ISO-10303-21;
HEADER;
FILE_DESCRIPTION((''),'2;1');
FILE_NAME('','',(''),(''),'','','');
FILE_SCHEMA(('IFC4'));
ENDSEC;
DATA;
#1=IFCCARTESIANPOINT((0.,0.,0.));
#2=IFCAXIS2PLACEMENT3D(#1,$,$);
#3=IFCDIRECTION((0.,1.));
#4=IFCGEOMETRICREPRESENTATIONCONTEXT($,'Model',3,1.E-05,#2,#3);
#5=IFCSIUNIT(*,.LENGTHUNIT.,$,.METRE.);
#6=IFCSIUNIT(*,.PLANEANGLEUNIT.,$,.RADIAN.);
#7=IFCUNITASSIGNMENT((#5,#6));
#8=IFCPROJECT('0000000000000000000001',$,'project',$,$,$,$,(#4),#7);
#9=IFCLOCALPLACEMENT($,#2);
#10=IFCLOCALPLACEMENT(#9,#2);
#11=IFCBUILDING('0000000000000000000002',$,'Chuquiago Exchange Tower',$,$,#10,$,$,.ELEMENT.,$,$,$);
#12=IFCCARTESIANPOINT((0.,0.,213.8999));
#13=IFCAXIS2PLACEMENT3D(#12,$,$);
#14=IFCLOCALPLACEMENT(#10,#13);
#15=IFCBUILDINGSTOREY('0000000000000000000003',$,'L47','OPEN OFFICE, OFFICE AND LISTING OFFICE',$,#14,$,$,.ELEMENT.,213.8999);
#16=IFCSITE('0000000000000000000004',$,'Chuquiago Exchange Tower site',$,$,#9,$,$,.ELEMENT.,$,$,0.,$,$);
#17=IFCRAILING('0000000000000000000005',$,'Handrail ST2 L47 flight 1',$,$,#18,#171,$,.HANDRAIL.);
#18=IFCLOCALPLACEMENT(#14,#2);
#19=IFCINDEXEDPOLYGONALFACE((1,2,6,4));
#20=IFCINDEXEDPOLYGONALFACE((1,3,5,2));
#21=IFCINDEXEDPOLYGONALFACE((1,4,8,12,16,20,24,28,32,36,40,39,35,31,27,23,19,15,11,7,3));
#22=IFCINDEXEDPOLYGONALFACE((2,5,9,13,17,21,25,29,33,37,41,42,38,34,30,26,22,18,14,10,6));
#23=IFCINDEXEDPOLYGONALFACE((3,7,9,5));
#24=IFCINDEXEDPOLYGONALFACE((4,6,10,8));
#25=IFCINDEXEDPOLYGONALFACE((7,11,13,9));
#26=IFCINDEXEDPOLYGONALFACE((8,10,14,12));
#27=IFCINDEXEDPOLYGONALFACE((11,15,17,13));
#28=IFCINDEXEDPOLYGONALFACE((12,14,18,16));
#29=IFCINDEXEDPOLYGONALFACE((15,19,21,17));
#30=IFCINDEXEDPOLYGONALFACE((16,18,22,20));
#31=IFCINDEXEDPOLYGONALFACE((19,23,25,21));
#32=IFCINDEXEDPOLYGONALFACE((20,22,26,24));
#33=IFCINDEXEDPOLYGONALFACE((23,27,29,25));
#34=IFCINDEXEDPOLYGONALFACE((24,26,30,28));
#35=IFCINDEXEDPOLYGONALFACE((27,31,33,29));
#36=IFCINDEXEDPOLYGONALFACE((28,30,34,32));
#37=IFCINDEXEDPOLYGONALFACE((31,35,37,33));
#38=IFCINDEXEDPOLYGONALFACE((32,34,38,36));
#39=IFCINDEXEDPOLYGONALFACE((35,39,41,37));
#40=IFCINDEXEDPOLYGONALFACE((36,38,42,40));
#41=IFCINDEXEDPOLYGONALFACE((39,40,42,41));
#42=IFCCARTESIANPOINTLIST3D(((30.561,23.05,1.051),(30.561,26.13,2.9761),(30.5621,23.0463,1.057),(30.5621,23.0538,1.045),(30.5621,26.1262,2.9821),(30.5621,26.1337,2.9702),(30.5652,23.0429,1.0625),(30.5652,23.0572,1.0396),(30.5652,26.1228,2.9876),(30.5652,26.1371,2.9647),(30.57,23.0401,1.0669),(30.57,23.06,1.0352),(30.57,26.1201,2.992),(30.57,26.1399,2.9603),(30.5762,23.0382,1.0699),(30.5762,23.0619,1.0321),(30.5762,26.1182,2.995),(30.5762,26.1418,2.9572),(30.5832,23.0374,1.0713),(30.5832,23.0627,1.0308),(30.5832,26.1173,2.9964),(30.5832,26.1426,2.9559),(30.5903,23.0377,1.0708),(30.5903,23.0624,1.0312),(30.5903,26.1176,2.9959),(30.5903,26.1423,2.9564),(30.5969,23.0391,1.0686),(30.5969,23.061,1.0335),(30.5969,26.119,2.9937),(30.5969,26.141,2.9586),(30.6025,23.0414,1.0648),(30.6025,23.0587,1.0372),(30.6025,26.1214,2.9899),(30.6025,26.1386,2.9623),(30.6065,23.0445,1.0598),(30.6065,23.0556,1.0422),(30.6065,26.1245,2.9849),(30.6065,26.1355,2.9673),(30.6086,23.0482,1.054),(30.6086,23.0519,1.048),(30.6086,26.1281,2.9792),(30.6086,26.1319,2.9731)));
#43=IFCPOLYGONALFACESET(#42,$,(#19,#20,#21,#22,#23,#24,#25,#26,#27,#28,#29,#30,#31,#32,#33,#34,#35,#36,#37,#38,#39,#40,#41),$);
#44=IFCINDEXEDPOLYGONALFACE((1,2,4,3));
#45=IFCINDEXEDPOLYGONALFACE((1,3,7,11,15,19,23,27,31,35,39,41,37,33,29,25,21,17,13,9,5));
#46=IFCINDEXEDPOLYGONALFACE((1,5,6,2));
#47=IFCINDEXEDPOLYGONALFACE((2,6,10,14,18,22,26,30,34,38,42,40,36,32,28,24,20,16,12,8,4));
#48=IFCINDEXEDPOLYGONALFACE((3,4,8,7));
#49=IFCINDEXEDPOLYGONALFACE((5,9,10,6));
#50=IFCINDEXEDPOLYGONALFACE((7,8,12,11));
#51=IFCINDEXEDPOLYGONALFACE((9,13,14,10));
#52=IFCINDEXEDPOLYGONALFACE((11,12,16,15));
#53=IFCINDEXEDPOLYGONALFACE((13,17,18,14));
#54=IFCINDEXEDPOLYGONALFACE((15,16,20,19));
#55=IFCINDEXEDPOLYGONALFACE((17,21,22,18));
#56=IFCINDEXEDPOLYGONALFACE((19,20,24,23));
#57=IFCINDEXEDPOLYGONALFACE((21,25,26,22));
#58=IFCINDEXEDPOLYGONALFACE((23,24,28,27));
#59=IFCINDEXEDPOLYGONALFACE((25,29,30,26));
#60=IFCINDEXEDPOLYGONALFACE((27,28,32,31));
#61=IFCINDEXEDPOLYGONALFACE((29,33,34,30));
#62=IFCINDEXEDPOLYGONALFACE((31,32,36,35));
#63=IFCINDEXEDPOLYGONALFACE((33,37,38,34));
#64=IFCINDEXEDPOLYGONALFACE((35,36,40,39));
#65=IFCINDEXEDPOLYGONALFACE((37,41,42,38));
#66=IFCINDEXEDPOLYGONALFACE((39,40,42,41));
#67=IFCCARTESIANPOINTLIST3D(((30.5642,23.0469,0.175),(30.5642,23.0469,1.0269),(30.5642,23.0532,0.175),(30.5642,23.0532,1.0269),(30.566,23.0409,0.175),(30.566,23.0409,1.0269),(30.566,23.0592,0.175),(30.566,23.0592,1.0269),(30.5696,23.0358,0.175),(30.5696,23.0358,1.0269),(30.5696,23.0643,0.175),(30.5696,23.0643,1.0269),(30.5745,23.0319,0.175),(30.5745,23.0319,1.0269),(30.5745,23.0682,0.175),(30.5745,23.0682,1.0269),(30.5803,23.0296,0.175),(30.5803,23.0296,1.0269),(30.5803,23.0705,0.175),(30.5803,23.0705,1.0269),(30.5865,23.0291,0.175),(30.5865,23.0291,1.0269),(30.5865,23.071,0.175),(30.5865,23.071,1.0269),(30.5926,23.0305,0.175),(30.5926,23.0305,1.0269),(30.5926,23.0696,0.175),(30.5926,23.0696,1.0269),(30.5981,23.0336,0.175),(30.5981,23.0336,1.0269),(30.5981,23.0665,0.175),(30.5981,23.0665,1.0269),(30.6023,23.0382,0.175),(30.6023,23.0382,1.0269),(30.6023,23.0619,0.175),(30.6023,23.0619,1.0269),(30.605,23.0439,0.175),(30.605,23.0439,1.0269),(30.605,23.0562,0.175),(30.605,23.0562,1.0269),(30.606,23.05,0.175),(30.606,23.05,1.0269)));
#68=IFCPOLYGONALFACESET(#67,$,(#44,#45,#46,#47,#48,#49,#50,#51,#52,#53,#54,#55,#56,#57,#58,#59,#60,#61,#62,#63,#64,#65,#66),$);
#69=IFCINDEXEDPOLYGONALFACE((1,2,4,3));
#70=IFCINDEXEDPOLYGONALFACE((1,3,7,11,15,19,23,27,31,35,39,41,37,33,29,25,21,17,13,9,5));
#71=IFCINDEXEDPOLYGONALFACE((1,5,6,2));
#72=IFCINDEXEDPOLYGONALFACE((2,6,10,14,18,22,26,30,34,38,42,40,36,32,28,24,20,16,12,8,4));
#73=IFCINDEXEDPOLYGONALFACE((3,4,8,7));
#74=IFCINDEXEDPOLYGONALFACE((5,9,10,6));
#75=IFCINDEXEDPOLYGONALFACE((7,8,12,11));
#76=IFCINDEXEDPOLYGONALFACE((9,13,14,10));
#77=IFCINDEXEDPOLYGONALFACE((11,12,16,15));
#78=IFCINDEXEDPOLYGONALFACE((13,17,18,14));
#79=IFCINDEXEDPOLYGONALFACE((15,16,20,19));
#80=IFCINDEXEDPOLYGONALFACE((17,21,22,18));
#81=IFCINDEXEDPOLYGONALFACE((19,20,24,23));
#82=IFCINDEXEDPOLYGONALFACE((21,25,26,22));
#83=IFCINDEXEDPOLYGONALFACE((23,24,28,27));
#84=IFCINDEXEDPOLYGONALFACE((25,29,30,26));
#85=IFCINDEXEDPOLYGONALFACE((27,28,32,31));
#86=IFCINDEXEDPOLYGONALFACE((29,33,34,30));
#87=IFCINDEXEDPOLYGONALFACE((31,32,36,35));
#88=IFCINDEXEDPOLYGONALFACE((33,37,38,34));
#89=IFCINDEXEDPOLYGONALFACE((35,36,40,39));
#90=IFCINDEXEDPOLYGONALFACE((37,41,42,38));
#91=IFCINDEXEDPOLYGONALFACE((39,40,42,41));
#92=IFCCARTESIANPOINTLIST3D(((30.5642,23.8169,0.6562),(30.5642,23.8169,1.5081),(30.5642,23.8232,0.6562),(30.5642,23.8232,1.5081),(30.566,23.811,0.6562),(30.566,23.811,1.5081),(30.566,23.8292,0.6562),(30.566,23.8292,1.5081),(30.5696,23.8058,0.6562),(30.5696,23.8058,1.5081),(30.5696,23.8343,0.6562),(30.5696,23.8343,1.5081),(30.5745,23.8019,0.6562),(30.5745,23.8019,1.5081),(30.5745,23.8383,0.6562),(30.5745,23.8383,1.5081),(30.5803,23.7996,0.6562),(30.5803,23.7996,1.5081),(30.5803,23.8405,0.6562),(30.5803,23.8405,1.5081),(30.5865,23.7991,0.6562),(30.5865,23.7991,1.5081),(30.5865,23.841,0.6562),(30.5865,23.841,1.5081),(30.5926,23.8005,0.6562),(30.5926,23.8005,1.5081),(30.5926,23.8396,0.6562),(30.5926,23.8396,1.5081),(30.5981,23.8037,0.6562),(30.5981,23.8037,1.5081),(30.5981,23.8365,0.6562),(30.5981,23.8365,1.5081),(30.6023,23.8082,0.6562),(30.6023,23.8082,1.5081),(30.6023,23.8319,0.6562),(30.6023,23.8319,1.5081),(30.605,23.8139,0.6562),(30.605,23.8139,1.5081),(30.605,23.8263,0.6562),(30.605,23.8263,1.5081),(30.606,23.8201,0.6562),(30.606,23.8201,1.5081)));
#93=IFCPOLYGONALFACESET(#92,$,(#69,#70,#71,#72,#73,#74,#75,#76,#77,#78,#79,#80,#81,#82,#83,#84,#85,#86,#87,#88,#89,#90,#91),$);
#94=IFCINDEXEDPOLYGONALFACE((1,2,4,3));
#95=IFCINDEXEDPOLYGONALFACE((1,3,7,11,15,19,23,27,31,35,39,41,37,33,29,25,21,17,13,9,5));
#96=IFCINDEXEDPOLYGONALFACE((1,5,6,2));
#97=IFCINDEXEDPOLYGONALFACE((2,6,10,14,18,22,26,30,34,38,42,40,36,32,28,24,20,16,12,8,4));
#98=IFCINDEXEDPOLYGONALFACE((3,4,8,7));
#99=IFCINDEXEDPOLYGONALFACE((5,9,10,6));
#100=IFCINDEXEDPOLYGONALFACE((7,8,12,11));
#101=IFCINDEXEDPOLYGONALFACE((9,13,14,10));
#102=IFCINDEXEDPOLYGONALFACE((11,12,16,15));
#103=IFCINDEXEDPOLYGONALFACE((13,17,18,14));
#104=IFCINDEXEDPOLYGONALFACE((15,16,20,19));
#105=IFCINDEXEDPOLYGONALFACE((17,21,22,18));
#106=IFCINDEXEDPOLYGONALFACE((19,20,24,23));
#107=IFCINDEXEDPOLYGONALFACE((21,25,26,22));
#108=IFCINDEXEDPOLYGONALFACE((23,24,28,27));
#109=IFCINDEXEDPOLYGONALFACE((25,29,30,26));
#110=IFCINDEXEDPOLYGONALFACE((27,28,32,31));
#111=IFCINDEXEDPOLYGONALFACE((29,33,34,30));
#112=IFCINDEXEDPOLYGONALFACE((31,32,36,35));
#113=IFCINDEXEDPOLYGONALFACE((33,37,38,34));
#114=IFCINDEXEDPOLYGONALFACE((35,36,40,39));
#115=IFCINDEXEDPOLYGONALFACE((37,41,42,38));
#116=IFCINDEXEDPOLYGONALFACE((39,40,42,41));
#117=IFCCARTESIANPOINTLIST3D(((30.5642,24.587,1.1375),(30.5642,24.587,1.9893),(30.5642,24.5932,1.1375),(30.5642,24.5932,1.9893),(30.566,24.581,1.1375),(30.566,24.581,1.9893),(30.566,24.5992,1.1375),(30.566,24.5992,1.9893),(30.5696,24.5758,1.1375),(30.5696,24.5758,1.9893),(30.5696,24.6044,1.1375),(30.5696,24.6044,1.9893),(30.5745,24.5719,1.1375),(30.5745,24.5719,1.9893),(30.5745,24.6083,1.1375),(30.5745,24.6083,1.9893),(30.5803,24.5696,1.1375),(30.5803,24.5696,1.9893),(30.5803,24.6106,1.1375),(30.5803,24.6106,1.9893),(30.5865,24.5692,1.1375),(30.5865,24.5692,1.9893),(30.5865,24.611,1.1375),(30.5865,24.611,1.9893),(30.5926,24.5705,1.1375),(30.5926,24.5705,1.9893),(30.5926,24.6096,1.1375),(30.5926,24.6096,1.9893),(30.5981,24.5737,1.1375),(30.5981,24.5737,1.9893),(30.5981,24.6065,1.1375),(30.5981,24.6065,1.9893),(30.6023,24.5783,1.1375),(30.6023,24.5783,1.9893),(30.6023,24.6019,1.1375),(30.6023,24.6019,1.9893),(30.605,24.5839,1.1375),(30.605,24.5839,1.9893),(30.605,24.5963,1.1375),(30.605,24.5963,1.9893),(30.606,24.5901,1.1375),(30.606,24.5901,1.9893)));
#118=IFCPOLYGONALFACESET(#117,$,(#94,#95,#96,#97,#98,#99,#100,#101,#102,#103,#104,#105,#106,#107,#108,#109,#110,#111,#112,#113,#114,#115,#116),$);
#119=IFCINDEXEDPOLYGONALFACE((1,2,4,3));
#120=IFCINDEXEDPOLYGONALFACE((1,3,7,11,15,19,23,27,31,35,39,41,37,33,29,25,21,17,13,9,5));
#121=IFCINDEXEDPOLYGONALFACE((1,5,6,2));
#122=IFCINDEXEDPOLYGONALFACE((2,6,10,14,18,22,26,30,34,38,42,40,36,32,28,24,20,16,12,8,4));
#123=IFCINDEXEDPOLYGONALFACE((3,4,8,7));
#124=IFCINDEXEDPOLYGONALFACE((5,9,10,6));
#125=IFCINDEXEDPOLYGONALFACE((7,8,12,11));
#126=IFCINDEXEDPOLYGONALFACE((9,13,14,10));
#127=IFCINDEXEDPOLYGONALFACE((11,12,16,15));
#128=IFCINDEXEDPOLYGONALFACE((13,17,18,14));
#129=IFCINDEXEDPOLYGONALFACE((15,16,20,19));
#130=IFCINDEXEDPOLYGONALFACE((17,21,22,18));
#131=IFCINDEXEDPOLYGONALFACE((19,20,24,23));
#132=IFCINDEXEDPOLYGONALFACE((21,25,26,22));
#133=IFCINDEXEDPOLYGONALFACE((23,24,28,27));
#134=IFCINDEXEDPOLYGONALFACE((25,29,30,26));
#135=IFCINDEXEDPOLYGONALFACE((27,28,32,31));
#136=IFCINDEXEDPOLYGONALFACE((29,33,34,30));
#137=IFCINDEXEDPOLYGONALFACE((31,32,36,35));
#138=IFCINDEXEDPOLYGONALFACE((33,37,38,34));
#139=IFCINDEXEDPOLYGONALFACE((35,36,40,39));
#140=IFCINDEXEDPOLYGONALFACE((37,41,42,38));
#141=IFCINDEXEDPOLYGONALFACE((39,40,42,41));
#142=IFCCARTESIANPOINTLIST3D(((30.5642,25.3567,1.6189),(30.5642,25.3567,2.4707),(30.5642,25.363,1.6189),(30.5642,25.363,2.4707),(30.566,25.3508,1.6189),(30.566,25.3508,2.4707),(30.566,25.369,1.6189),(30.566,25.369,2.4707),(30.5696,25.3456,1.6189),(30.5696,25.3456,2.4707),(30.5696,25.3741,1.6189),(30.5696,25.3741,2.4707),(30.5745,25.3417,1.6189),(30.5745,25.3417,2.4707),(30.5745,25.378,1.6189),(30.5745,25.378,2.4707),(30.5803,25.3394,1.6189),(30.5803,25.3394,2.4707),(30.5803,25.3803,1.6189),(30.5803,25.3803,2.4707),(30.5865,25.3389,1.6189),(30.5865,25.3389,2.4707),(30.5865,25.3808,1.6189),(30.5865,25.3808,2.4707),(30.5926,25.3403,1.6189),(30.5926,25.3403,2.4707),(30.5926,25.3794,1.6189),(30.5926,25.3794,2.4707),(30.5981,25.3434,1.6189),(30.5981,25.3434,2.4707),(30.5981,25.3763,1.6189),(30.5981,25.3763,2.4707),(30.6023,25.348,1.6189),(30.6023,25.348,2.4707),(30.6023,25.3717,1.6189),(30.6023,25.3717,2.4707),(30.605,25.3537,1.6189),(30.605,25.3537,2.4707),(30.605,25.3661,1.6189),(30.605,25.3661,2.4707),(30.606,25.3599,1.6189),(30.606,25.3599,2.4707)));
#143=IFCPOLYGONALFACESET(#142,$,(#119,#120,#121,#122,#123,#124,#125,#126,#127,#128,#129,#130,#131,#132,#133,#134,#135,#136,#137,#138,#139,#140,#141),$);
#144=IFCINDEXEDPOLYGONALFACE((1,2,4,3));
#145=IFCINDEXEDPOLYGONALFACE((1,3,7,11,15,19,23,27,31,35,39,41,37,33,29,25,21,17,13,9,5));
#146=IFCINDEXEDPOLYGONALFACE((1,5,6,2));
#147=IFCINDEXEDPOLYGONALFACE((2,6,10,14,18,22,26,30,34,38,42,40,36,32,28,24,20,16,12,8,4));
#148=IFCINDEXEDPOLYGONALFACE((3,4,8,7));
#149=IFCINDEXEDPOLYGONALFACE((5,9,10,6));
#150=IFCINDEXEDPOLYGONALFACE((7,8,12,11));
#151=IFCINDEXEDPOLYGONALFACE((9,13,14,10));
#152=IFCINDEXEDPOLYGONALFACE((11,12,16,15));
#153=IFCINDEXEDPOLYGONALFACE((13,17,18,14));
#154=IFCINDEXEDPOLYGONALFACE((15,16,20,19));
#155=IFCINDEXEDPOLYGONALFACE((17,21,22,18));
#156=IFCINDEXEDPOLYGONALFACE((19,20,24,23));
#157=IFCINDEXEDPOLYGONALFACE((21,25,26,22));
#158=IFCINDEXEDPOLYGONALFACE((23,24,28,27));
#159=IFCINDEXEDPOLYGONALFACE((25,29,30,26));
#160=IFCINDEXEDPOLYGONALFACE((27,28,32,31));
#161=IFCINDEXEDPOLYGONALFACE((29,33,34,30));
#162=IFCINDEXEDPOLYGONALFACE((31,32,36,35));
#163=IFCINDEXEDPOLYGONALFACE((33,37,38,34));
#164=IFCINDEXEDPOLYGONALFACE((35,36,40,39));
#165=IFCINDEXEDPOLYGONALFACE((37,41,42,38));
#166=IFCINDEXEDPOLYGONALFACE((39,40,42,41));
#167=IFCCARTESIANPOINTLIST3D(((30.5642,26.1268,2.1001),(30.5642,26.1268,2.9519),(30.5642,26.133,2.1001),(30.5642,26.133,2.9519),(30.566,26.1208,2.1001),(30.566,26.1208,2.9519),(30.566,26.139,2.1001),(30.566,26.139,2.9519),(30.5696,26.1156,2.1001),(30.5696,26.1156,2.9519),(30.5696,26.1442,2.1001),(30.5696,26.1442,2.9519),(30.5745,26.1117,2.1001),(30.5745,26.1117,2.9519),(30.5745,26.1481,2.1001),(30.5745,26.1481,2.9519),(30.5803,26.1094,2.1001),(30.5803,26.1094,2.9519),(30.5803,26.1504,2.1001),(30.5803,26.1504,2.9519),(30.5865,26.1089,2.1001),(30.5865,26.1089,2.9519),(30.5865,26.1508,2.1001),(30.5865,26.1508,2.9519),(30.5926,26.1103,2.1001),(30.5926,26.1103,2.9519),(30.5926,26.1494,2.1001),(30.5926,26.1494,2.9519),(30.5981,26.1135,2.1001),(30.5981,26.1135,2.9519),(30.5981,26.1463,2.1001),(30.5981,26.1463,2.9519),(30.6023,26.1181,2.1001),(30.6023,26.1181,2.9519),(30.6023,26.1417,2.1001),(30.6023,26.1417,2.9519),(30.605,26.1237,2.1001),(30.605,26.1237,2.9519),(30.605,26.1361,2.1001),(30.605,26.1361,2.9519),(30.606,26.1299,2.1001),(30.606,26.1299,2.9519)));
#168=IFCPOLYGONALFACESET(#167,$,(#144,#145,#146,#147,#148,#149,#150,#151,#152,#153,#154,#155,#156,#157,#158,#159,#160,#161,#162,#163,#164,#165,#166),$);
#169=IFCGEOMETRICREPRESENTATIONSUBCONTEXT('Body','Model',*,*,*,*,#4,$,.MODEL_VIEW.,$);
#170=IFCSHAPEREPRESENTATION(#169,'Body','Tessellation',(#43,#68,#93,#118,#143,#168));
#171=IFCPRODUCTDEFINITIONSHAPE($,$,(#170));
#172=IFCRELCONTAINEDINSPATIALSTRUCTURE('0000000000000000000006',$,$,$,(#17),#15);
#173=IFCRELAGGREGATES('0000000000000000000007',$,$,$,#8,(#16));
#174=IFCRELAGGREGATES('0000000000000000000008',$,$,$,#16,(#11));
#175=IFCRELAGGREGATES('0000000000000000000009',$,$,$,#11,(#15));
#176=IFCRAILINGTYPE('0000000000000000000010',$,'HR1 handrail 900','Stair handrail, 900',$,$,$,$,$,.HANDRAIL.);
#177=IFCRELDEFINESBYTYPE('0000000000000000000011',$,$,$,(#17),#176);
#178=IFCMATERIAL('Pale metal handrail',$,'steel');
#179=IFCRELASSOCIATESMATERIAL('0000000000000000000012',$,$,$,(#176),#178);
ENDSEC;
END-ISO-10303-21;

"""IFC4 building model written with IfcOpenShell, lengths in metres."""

from ifc_helpers import new_model, si_unit, direction, frame, origin, origin_2d, place, context, subcontext, project, spatial, circle, extrude, material, type_object, element, save


model = new_model("IFC4")

# Units and contexts
model_context = context("Model", 3, precision=1e-05, world=origin(), true_north=direction((0.0, 1.0)))
body_context = subcontext(model_context, "Body", "Model", "MODEL_VIEW")
ifc_project = project(units=[si_unit("LENGTHUNIT", "METRE"), si_unit("PLANEANGLEUNIT", "RADIAN")], contexts=[model_context])

# Site, building, storey
site_placement = place(None, origin())
site = spatial("IfcSite", under=ifc_project, at=site_placement, Name="Chuquiago Exchange Tower site", CompositionType="ELEMENT", RefElevation=0.0)
building_placement = place(site_placement, origin())
building = spatial("IfcBuilding", under=site, at=building_placement, Name="Chuquiago Exchange Tower", CompositionType="ELEMENT")
storey_placement = place(building_placement, frame((0.0, 0.0, 213.8999)))
storey = spatial("IfcBuildingStorey", under=building, at=storey_placement, Name="L47", Description="OPEN OFFICE, OFFICE AND LISTING OFFICE", CompositionType="ELEMENT", Elevation=213.8999)

# Railing
ifc_material_1 = material(Name="Pale metal handrail", Category="steel")
railing_type_1 = type_object("IfcRailingType", Name="HR1 handrail 900", Description="Stair handrail, 900", PredefinedType="HANDRAIL", material=ifc_material_1)
railing_1_placement = place(storey_placement, frame((30.585, 23.05, 0.175)))
element("IfcRailing", 1, at=railing_1_placement, inside=storey, type_object=railing_type_1, Name="Handrail ST2 L47 flight 1", PredefinedType="HANDRAIL", context=body_context, shape_type="SweptSolid", body=[
    extrude(circle(Radius=0.0239, at=origin_2d()), frame((0.0, 0.0, 0.876), z_axis=(0.0, 0.847979, 0.530029), x_axis=(-1.0, 0.0, 0.0)), (0.0, 0.0, 1.0), 3.6321),
    extrude(circle(Radius=0.021, at=origin_2d()), origin(), (0.0, 0.0, 1.0), 0.8518),
    extrude(circle(Radius=0.021, at=origin_2d()), frame((0.0, 0.77, 0.4812)), (0.0, 0.0, 1.0), 0.8518),
    extrude(circle(Radius=0.021, at=origin_2d()), frame((0.0, 1.54, 0.9624)), (0.0, 0.0, 1.0), 0.8518),
    extrude(circle(Radius=0.021, at=origin_2d()), frame((0.0, 2.3098, 1.4438)), (0.0, 0.0, 1.0), 0.8518),
    extrude(circle(Radius=0.021, at=origin_2d()), frame((0.0, 3.0798, 1.925)), (0.0, 0.0, 1.0), 0.8518),
])

save(model, "model.ifc")
